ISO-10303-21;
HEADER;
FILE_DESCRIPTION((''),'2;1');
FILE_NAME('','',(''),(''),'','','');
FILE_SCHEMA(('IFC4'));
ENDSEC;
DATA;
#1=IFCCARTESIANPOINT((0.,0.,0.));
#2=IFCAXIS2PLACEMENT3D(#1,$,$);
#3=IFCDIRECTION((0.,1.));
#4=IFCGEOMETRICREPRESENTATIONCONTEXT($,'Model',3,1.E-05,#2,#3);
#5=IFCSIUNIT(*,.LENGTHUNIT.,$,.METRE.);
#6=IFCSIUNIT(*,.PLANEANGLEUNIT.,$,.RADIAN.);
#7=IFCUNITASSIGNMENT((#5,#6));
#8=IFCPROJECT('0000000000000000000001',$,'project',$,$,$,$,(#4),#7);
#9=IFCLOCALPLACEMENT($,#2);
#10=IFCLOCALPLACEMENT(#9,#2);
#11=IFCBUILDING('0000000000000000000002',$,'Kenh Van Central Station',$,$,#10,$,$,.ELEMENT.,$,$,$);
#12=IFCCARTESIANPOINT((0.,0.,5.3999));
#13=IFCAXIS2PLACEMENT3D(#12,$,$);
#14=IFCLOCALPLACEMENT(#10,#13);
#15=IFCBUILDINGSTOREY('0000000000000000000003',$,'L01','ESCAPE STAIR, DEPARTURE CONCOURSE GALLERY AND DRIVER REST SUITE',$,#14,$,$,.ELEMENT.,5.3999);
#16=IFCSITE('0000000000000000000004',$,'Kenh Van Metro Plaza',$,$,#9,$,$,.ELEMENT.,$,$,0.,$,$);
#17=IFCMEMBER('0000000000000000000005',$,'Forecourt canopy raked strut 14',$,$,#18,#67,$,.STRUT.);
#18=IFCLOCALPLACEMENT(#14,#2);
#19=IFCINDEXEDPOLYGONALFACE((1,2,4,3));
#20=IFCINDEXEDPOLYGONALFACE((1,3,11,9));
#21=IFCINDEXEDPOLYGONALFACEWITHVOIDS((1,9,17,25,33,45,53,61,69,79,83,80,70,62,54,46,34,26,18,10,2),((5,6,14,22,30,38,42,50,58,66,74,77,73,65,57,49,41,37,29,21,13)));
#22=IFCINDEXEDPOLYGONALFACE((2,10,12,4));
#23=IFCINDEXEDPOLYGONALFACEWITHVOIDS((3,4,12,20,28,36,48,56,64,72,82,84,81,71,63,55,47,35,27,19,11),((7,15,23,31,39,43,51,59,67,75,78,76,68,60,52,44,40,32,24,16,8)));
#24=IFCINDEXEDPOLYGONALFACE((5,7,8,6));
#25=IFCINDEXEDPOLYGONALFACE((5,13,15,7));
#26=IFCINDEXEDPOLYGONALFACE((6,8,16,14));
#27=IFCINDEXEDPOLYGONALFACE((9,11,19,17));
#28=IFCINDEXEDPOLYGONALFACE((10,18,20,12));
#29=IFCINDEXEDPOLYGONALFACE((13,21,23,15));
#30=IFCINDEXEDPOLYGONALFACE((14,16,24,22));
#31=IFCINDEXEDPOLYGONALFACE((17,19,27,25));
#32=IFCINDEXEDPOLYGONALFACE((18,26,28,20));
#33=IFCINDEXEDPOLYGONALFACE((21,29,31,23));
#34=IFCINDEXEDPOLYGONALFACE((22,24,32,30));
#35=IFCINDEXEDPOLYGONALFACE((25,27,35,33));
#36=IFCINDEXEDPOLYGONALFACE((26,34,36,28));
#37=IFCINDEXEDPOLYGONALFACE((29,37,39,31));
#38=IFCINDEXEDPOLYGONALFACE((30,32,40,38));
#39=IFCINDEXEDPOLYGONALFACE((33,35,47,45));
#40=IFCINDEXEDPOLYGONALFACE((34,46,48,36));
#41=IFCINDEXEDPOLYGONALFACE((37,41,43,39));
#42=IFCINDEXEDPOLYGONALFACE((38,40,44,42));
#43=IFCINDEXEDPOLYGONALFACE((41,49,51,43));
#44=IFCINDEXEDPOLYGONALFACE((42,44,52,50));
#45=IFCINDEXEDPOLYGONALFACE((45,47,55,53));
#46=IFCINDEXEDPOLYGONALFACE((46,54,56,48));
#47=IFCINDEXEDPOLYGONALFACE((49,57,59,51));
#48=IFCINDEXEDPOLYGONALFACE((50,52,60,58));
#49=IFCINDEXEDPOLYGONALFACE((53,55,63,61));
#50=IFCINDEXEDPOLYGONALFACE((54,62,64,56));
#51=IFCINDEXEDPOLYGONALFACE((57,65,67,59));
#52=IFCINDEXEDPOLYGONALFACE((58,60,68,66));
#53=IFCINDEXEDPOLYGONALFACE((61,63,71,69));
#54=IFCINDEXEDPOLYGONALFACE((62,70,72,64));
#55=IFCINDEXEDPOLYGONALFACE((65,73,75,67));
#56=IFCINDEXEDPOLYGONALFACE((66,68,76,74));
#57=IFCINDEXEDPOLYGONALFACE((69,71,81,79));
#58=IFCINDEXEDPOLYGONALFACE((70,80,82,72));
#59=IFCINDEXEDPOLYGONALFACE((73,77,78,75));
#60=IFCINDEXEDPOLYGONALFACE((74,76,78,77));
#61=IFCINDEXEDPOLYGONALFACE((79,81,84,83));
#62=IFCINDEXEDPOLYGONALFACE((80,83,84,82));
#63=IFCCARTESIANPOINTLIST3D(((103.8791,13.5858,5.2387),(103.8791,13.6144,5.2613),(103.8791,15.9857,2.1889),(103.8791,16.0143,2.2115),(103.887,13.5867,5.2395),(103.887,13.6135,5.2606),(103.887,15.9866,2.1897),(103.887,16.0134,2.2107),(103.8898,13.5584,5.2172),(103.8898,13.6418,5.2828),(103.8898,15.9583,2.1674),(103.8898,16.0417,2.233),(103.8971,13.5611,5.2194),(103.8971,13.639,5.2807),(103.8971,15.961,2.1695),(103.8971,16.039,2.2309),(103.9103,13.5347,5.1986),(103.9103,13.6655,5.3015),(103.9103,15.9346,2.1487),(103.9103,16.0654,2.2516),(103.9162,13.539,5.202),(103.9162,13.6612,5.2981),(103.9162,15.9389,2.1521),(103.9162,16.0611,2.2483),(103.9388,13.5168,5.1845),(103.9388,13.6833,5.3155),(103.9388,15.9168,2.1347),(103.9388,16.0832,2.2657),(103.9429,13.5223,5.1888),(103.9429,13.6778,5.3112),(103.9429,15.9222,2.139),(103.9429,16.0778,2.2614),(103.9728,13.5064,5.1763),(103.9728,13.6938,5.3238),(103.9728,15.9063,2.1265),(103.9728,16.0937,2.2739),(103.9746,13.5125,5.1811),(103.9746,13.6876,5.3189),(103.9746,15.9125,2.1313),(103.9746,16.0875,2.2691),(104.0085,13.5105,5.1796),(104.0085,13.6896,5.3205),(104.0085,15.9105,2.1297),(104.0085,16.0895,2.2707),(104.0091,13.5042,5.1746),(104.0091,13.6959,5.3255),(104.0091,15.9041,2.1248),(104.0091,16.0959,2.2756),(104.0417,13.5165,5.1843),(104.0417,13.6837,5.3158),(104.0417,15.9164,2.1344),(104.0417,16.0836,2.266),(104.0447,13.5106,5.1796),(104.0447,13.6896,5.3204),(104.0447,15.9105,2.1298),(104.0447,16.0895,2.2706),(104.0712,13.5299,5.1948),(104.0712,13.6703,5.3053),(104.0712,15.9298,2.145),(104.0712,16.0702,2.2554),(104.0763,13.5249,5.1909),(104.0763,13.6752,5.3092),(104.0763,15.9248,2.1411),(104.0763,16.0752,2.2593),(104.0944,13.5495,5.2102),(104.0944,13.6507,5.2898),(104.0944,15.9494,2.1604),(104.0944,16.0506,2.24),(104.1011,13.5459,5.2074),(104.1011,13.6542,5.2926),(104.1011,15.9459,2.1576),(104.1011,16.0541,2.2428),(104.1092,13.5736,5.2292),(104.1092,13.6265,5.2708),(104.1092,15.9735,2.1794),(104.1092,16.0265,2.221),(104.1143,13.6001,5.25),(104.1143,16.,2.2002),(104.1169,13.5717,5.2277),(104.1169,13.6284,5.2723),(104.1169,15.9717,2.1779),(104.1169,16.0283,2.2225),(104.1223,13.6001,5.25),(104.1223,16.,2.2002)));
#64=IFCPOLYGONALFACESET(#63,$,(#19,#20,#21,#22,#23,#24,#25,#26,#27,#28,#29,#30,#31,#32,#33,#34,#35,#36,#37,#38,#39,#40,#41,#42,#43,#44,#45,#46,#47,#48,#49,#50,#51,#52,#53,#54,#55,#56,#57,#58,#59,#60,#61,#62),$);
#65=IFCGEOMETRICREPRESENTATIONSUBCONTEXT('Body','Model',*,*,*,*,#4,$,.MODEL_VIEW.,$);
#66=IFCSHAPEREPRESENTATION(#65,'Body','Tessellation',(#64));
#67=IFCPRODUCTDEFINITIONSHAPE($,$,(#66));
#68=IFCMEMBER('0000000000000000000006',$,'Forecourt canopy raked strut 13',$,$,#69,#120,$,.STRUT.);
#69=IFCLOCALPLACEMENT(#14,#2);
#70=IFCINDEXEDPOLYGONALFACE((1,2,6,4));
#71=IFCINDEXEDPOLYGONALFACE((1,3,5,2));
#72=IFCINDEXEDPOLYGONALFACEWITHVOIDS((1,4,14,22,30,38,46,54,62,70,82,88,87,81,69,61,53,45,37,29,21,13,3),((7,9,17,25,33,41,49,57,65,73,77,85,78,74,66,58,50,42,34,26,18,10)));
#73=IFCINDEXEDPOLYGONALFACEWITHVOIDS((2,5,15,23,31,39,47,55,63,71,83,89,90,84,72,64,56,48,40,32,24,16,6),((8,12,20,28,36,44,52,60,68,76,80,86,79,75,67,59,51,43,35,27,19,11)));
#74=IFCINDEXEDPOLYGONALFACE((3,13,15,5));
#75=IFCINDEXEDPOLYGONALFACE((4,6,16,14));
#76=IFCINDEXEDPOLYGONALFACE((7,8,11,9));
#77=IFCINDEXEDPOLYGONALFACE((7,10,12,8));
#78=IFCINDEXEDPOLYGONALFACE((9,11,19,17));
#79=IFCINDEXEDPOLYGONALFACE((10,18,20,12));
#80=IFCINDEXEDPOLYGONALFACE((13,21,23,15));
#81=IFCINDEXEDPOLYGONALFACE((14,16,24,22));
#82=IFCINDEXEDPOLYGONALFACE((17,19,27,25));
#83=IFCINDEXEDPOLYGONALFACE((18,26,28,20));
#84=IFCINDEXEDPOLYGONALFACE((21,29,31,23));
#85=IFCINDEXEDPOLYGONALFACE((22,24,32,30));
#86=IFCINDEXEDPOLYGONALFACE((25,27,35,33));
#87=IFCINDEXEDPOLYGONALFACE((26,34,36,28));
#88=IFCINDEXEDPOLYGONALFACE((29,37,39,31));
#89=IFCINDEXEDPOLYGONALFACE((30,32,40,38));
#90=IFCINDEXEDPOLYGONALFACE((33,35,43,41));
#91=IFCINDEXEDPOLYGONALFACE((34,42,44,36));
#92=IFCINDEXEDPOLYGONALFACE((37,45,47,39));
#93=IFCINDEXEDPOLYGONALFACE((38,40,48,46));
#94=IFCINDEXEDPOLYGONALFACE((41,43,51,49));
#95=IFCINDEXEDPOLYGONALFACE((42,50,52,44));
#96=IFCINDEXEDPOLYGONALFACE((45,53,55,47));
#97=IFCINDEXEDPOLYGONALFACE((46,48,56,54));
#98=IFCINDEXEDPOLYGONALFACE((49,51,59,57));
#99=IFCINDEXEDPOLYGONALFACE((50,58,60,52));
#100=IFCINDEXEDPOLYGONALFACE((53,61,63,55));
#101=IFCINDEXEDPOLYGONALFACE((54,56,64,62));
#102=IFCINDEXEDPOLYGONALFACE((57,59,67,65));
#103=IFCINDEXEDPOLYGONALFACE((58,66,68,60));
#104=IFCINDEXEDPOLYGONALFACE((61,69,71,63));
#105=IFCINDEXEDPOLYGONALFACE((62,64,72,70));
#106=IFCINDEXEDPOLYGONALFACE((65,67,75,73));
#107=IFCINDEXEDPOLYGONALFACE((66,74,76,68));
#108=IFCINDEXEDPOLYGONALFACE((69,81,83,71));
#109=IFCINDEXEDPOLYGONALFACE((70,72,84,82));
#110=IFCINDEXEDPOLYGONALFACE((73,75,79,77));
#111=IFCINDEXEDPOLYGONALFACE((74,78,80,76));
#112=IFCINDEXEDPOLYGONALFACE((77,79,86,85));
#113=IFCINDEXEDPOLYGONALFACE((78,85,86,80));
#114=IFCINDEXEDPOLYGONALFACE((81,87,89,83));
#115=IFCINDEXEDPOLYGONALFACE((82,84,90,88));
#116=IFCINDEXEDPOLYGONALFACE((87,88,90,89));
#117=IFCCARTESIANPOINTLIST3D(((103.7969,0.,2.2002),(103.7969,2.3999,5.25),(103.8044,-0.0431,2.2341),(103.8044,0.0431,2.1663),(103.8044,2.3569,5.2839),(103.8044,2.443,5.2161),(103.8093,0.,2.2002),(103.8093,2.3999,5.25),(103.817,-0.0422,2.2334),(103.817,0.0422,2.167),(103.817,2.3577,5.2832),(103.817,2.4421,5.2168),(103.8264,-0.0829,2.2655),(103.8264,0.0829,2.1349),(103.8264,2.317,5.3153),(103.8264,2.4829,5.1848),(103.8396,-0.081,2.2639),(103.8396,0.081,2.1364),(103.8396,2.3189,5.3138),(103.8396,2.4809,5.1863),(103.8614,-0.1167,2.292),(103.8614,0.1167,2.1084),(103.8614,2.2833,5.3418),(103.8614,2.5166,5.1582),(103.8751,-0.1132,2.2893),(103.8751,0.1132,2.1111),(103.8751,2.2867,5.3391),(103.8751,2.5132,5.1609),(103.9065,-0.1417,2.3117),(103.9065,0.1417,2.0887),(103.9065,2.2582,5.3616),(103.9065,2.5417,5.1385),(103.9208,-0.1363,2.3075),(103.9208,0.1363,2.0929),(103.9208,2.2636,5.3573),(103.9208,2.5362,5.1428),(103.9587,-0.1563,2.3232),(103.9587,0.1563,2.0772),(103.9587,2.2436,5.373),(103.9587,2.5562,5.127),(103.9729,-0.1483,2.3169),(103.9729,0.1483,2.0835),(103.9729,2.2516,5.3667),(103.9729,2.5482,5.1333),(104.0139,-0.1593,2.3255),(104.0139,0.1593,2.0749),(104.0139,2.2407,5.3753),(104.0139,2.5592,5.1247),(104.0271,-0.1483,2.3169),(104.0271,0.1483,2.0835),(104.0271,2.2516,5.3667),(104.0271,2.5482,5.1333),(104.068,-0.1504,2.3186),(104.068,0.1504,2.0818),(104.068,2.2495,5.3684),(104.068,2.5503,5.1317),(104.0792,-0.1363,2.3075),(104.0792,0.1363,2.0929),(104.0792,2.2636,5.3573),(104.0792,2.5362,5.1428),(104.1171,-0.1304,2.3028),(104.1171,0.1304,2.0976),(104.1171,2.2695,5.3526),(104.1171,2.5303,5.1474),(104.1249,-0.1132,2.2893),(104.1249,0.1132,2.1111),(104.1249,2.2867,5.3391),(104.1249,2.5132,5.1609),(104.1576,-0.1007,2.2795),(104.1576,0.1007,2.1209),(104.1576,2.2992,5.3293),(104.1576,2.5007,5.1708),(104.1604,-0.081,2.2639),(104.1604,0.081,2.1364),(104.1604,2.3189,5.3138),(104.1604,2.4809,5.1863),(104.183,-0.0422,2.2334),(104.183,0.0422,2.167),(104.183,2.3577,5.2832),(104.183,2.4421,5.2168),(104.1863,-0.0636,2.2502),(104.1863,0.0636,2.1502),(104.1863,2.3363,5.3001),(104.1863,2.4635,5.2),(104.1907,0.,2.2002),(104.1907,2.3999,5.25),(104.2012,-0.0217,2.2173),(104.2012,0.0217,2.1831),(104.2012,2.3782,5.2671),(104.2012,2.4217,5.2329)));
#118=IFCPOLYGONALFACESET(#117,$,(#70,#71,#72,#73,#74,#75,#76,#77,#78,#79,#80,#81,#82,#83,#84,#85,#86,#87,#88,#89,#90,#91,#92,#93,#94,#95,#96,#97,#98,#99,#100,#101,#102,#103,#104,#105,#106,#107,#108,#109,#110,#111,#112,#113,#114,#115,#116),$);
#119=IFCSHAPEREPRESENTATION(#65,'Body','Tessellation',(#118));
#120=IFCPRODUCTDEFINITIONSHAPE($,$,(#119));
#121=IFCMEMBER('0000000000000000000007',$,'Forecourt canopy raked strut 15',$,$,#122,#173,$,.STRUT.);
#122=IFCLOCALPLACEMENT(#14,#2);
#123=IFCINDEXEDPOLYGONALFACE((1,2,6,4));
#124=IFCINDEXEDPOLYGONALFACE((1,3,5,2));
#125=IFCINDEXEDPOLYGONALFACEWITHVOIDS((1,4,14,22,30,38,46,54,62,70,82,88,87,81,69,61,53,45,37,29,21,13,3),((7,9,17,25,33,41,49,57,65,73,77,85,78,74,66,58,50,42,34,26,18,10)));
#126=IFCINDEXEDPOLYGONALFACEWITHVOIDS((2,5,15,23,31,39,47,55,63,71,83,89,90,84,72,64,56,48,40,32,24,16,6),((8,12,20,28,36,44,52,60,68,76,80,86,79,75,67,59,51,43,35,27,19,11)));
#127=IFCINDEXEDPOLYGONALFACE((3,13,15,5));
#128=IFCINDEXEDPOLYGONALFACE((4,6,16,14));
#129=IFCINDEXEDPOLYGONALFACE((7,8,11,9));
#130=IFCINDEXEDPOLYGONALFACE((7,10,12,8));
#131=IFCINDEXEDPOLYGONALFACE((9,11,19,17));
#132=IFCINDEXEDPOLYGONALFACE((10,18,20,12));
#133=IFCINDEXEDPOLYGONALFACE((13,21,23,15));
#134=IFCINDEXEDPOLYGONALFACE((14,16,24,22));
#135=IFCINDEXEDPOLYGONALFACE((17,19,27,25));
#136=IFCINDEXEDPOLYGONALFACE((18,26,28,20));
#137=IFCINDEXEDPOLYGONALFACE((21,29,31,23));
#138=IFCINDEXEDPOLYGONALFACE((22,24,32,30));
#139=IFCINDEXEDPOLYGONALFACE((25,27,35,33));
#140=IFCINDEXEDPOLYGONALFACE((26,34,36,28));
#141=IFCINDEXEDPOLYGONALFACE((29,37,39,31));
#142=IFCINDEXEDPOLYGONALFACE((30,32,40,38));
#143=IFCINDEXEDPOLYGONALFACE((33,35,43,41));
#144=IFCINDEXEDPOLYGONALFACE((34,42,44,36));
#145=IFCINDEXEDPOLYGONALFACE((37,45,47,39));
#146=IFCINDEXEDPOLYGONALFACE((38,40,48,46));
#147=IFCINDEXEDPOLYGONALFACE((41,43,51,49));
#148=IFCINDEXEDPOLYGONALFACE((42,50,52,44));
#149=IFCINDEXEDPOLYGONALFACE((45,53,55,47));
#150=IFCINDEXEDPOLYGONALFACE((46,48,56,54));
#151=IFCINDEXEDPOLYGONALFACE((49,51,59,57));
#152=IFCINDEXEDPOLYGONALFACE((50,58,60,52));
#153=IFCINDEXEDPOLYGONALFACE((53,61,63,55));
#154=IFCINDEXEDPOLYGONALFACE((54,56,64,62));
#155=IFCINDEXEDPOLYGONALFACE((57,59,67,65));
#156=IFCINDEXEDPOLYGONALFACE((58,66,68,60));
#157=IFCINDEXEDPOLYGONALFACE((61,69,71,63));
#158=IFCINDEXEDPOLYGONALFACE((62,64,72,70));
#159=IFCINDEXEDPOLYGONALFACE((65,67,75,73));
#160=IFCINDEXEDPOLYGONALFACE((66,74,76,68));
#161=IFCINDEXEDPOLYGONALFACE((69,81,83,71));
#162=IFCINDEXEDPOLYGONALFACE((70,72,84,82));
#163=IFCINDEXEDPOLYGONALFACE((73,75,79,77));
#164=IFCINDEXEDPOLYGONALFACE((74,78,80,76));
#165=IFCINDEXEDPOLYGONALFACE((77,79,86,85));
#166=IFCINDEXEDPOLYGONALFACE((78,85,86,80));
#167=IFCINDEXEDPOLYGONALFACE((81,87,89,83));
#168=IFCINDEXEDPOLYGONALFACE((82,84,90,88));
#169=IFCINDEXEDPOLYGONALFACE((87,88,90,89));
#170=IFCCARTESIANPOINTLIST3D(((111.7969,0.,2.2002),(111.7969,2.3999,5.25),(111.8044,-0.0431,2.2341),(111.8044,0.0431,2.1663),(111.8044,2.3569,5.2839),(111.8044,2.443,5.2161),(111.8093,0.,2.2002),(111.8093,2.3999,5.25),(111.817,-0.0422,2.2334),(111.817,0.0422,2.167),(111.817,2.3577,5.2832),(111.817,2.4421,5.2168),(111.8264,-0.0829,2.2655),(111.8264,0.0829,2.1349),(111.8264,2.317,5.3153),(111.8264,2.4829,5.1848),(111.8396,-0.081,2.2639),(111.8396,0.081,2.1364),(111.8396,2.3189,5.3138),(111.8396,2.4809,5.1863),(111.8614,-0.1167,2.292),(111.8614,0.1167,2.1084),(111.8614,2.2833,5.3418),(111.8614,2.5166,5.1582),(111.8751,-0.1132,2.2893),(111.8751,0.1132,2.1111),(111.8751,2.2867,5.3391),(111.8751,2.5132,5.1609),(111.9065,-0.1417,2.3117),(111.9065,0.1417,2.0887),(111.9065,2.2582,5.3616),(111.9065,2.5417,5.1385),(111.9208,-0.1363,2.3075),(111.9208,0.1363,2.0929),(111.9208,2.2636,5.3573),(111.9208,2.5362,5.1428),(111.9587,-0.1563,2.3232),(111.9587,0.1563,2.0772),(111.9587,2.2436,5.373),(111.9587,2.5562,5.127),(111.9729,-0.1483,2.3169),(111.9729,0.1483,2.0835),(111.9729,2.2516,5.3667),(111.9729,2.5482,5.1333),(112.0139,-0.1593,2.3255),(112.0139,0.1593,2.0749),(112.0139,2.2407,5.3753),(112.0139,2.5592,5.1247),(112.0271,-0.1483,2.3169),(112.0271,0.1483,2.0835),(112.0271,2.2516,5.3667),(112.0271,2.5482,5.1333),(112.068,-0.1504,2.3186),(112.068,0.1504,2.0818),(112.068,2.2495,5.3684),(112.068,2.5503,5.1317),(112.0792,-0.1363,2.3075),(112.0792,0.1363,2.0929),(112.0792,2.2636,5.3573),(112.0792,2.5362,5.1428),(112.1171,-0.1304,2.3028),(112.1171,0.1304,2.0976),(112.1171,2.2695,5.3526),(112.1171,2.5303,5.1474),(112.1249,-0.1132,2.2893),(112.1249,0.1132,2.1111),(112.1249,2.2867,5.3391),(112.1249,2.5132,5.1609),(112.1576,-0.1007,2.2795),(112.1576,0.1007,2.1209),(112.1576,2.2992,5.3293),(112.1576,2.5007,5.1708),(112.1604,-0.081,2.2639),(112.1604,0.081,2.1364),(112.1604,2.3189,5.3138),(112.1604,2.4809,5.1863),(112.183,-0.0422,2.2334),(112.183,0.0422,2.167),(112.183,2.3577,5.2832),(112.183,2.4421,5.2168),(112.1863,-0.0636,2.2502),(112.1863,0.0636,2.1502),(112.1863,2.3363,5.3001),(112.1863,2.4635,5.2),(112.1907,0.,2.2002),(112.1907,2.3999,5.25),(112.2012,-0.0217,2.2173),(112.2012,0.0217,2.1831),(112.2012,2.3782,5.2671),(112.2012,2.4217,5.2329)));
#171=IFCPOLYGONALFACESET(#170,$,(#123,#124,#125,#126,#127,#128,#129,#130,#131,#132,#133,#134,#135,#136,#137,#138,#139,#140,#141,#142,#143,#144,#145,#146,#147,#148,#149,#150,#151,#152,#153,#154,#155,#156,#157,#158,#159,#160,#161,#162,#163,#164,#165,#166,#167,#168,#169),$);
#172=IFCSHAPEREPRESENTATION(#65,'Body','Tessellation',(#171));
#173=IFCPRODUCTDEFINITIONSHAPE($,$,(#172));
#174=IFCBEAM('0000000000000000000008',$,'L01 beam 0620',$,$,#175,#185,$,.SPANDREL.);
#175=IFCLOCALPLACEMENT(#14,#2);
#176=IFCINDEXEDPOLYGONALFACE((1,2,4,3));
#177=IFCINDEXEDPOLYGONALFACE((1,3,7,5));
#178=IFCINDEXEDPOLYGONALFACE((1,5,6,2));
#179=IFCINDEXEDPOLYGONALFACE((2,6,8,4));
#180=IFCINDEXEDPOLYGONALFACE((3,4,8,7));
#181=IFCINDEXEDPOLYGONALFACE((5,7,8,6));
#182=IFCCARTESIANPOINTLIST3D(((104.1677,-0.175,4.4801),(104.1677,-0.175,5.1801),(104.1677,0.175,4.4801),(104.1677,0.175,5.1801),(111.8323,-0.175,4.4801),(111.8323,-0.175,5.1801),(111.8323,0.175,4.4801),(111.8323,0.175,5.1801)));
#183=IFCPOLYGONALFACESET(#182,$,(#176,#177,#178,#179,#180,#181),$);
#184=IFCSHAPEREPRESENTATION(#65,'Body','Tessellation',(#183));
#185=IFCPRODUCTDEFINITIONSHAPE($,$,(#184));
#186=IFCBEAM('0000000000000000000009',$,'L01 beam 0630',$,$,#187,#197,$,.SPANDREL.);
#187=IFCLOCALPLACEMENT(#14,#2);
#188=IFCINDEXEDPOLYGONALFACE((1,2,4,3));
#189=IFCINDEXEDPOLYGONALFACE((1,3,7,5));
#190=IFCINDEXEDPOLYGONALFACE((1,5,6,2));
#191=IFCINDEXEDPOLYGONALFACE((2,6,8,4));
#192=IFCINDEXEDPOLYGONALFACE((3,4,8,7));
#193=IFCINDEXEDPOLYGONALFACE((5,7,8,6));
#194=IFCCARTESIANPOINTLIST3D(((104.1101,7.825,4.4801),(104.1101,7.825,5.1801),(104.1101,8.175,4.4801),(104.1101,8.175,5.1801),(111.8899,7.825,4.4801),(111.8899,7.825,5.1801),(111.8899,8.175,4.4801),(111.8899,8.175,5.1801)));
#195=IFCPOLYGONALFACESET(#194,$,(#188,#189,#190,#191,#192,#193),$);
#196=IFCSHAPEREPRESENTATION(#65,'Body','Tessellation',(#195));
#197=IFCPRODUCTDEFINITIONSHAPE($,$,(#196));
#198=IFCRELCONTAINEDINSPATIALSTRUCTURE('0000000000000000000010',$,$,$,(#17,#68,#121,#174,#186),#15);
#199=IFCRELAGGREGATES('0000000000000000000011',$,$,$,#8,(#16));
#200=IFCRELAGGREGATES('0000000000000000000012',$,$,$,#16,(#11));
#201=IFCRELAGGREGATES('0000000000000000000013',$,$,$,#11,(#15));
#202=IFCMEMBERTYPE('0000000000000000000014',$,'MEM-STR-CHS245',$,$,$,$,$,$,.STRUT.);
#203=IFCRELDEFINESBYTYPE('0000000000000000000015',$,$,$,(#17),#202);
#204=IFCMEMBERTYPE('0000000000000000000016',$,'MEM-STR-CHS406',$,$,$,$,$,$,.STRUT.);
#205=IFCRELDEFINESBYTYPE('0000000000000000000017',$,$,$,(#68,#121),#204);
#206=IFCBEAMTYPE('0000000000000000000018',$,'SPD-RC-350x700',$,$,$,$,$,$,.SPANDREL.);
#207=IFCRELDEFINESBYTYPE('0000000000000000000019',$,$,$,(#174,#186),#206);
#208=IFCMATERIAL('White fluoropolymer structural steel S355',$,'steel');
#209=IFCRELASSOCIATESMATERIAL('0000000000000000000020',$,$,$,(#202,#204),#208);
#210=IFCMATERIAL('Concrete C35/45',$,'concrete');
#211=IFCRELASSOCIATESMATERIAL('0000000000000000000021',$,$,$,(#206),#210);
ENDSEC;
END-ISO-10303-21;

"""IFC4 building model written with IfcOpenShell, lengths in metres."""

from ifc_helpers import new_model, si_unit, direction, frame, origin, origin_2d, place, context, subcontext, project, spatial, rectangle, hollow_circle, extrude, material, material_profile, profile_set, type_object, element, save


model = new_model("IFC4")

# Units and contexts
model_context = context("Model", 3, precision=1e-05, world=origin(), true_north=direction((0.0, 1.0)))
body_context = subcontext(model_context, "Body", "Model", "MODEL_VIEW")
ifc_project = project(units=[si_unit("LENGTHUNIT", "METRE"), si_unit("PLANEANGLEUNIT", "RADIAN")], contexts=[model_context])

# Site, building, storey
site_placement = place(None, origin())
site = spatial("IfcSite", under=ifc_project, at=site_placement, Name="Kenh Van Metro Plaza", CompositionType="ELEMENT", RefElevation=0.0)
building_placement = place(site_placement, origin())
building = spatial("IfcBuilding", under=site, at=building_placement, Name="Kenh Van Central Station", CompositionType="ELEMENT")
storey_placement = place(building_placement, frame((0.0, 0.0, 5.3999)))
storey = spatial("IfcBuildingStorey", under=building, at=storey_placement, Name="L01", Description="ESCAPE STAIR, DEPARTURE CONCOURSE GALLERY AND DRIVER REST SUITE", CompositionType="ELEMENT", Elevation=5.3999)

# Members
ifc_material_1 = material(Name="White fluoropolymer structural steel S355", Category="steel")
ifc_material_profile_1 = material_profile(ifc_material_1, hollow_circle(Radius=0.1223, WallThickness=0.0081, at=origin_2d()), Name="CHS 244.5x8")
ifc_profile_set_1 = profile_set([ifc_material_profile_1], Name="White fluoropolymer structural steel S355")
member_type_1 = type_object("IfcMemberType", Name="MEM-STR-CHS245", PredefinedType="STRUT", material=ifc_profile_set_1)
member_1_placement = place(storey_placement, frame((104.0, 16.0, 2.2002), z_axis=(0.0, -0.618399, 0.785864), x_axis=(1.0, 0.0, 0.0)))
element("IfcMember", 1, at=member_1_placement, inside=storey, type_object=member_type_1, Name="Forecourt canopy raked strut 14", PredefinedType="STRUT", context=body_context, shape_type="SweptSolid", body=[
    extrude(hollow_circle(Radius=0.1223, WallThickness=0.0081, at=origin_2d()), origin(), (0.0, 0.0, 1.0), 3.8809),
])
ifc_material_profile_2 = material_profile(ifc_material_1, hollow_circle(Radius=0.2031, WallThickness=0.0125, at=origin_2d()), Name="CHS 406.4x12.5")
ifc_profile_set_2 = profile_set([ifc_material_profile_2], Name="White fluoropolymer structural steel S355")
member_type_2 = type_object("IfcMemberType", Name="MEM-STR-CHS406", PredefinedType="STRUT", material=ifc_profile_set_2)
for number, where, z_axis, x_axis, name in (
    (2, (104.0, 0.0, 2.2002), (0.0, 0.618399, 0.785864), (-1.0, 0.0, 0.0), "Forecourt canopy raked strut 13"),
    (3, (112.0, 0.0, 2.2002), (0.0, 0.618399, 0.785864), (-1.0, 0.0, 0.0), "Forecourt canopy raked strut 15"),
):
    element("IfcMember", number, at=place(storey_placement, frame(where, z_axis=z_axis, x_axis=x_axis)), inside=storey, type_object=member_type_2, Name=name, PredefinedType="STRUT", context=body_context, shape_type="SweptSolid", body=[
        extrude(hollow_circle(Radius=0.2031, WallThickness=0.0125, at=origin_2d()), origin(), (0.0, 0.0, 1.0), 3.8809),
    ])

# Beams
ifc_material_2 = material(Name="Concrete C35/45", Category="concrete")
ifc_material_profile_3 = material_profile(ifc_material_2, rectangle(XDim=0.3501, YDim=0.7, at=origin_2d()), Name="RC 350x700")
ifc_profile_set_3 = profile_set([ifc_material_profile_3], Name="Concrete C35/45")
beam_type = type_object("IfcBeamType", Name="SPD-RC-350x700", PredefinedType="SPANDREL", material=ifc_profile_set_3)
beam_1_placement = place(storey_placement, frame((104.1677, 0.0, 4.8301), z_axis=(1.0, 0.0, 0.0), x_axis=(0.0, 1.0, 0.0)))
element("IfcBeam", 4, at=beam_1_placement, inside=storey, type_object=beam_type, Name="L01 beam 0620", PredefinedType="SPANDREL", context=body_context, shape_type="SweptSolid", body=[
    extrude(rectangle(XDim=0.3501, YDim=0.7, at=origin_2d()), origin(), (0.0, 0.0, 1.0), 7.6646),
])
beam_2_placement = place(storey_placement, frame((104.1101, 8.0, 4.8301), z_axis=(1.0, 0.0, 0.0), x_axis=(0.0, 1.0, 0.0)))
element("IfcBeam", 5, at=beam_2_placement, inside=storey, type_object=beam_type, Name="L01 beam 0630", PredefinedType="SPANDREL", context=body_context, shape_type="SweptSolid", body=[
    extrude(rectangle(XDim=0.3501, YDim=0.7, at=origin_2d()), origin(), (0.0, 0.0, 1.0), 7.7798),
])

save(model, "model.ifc")
